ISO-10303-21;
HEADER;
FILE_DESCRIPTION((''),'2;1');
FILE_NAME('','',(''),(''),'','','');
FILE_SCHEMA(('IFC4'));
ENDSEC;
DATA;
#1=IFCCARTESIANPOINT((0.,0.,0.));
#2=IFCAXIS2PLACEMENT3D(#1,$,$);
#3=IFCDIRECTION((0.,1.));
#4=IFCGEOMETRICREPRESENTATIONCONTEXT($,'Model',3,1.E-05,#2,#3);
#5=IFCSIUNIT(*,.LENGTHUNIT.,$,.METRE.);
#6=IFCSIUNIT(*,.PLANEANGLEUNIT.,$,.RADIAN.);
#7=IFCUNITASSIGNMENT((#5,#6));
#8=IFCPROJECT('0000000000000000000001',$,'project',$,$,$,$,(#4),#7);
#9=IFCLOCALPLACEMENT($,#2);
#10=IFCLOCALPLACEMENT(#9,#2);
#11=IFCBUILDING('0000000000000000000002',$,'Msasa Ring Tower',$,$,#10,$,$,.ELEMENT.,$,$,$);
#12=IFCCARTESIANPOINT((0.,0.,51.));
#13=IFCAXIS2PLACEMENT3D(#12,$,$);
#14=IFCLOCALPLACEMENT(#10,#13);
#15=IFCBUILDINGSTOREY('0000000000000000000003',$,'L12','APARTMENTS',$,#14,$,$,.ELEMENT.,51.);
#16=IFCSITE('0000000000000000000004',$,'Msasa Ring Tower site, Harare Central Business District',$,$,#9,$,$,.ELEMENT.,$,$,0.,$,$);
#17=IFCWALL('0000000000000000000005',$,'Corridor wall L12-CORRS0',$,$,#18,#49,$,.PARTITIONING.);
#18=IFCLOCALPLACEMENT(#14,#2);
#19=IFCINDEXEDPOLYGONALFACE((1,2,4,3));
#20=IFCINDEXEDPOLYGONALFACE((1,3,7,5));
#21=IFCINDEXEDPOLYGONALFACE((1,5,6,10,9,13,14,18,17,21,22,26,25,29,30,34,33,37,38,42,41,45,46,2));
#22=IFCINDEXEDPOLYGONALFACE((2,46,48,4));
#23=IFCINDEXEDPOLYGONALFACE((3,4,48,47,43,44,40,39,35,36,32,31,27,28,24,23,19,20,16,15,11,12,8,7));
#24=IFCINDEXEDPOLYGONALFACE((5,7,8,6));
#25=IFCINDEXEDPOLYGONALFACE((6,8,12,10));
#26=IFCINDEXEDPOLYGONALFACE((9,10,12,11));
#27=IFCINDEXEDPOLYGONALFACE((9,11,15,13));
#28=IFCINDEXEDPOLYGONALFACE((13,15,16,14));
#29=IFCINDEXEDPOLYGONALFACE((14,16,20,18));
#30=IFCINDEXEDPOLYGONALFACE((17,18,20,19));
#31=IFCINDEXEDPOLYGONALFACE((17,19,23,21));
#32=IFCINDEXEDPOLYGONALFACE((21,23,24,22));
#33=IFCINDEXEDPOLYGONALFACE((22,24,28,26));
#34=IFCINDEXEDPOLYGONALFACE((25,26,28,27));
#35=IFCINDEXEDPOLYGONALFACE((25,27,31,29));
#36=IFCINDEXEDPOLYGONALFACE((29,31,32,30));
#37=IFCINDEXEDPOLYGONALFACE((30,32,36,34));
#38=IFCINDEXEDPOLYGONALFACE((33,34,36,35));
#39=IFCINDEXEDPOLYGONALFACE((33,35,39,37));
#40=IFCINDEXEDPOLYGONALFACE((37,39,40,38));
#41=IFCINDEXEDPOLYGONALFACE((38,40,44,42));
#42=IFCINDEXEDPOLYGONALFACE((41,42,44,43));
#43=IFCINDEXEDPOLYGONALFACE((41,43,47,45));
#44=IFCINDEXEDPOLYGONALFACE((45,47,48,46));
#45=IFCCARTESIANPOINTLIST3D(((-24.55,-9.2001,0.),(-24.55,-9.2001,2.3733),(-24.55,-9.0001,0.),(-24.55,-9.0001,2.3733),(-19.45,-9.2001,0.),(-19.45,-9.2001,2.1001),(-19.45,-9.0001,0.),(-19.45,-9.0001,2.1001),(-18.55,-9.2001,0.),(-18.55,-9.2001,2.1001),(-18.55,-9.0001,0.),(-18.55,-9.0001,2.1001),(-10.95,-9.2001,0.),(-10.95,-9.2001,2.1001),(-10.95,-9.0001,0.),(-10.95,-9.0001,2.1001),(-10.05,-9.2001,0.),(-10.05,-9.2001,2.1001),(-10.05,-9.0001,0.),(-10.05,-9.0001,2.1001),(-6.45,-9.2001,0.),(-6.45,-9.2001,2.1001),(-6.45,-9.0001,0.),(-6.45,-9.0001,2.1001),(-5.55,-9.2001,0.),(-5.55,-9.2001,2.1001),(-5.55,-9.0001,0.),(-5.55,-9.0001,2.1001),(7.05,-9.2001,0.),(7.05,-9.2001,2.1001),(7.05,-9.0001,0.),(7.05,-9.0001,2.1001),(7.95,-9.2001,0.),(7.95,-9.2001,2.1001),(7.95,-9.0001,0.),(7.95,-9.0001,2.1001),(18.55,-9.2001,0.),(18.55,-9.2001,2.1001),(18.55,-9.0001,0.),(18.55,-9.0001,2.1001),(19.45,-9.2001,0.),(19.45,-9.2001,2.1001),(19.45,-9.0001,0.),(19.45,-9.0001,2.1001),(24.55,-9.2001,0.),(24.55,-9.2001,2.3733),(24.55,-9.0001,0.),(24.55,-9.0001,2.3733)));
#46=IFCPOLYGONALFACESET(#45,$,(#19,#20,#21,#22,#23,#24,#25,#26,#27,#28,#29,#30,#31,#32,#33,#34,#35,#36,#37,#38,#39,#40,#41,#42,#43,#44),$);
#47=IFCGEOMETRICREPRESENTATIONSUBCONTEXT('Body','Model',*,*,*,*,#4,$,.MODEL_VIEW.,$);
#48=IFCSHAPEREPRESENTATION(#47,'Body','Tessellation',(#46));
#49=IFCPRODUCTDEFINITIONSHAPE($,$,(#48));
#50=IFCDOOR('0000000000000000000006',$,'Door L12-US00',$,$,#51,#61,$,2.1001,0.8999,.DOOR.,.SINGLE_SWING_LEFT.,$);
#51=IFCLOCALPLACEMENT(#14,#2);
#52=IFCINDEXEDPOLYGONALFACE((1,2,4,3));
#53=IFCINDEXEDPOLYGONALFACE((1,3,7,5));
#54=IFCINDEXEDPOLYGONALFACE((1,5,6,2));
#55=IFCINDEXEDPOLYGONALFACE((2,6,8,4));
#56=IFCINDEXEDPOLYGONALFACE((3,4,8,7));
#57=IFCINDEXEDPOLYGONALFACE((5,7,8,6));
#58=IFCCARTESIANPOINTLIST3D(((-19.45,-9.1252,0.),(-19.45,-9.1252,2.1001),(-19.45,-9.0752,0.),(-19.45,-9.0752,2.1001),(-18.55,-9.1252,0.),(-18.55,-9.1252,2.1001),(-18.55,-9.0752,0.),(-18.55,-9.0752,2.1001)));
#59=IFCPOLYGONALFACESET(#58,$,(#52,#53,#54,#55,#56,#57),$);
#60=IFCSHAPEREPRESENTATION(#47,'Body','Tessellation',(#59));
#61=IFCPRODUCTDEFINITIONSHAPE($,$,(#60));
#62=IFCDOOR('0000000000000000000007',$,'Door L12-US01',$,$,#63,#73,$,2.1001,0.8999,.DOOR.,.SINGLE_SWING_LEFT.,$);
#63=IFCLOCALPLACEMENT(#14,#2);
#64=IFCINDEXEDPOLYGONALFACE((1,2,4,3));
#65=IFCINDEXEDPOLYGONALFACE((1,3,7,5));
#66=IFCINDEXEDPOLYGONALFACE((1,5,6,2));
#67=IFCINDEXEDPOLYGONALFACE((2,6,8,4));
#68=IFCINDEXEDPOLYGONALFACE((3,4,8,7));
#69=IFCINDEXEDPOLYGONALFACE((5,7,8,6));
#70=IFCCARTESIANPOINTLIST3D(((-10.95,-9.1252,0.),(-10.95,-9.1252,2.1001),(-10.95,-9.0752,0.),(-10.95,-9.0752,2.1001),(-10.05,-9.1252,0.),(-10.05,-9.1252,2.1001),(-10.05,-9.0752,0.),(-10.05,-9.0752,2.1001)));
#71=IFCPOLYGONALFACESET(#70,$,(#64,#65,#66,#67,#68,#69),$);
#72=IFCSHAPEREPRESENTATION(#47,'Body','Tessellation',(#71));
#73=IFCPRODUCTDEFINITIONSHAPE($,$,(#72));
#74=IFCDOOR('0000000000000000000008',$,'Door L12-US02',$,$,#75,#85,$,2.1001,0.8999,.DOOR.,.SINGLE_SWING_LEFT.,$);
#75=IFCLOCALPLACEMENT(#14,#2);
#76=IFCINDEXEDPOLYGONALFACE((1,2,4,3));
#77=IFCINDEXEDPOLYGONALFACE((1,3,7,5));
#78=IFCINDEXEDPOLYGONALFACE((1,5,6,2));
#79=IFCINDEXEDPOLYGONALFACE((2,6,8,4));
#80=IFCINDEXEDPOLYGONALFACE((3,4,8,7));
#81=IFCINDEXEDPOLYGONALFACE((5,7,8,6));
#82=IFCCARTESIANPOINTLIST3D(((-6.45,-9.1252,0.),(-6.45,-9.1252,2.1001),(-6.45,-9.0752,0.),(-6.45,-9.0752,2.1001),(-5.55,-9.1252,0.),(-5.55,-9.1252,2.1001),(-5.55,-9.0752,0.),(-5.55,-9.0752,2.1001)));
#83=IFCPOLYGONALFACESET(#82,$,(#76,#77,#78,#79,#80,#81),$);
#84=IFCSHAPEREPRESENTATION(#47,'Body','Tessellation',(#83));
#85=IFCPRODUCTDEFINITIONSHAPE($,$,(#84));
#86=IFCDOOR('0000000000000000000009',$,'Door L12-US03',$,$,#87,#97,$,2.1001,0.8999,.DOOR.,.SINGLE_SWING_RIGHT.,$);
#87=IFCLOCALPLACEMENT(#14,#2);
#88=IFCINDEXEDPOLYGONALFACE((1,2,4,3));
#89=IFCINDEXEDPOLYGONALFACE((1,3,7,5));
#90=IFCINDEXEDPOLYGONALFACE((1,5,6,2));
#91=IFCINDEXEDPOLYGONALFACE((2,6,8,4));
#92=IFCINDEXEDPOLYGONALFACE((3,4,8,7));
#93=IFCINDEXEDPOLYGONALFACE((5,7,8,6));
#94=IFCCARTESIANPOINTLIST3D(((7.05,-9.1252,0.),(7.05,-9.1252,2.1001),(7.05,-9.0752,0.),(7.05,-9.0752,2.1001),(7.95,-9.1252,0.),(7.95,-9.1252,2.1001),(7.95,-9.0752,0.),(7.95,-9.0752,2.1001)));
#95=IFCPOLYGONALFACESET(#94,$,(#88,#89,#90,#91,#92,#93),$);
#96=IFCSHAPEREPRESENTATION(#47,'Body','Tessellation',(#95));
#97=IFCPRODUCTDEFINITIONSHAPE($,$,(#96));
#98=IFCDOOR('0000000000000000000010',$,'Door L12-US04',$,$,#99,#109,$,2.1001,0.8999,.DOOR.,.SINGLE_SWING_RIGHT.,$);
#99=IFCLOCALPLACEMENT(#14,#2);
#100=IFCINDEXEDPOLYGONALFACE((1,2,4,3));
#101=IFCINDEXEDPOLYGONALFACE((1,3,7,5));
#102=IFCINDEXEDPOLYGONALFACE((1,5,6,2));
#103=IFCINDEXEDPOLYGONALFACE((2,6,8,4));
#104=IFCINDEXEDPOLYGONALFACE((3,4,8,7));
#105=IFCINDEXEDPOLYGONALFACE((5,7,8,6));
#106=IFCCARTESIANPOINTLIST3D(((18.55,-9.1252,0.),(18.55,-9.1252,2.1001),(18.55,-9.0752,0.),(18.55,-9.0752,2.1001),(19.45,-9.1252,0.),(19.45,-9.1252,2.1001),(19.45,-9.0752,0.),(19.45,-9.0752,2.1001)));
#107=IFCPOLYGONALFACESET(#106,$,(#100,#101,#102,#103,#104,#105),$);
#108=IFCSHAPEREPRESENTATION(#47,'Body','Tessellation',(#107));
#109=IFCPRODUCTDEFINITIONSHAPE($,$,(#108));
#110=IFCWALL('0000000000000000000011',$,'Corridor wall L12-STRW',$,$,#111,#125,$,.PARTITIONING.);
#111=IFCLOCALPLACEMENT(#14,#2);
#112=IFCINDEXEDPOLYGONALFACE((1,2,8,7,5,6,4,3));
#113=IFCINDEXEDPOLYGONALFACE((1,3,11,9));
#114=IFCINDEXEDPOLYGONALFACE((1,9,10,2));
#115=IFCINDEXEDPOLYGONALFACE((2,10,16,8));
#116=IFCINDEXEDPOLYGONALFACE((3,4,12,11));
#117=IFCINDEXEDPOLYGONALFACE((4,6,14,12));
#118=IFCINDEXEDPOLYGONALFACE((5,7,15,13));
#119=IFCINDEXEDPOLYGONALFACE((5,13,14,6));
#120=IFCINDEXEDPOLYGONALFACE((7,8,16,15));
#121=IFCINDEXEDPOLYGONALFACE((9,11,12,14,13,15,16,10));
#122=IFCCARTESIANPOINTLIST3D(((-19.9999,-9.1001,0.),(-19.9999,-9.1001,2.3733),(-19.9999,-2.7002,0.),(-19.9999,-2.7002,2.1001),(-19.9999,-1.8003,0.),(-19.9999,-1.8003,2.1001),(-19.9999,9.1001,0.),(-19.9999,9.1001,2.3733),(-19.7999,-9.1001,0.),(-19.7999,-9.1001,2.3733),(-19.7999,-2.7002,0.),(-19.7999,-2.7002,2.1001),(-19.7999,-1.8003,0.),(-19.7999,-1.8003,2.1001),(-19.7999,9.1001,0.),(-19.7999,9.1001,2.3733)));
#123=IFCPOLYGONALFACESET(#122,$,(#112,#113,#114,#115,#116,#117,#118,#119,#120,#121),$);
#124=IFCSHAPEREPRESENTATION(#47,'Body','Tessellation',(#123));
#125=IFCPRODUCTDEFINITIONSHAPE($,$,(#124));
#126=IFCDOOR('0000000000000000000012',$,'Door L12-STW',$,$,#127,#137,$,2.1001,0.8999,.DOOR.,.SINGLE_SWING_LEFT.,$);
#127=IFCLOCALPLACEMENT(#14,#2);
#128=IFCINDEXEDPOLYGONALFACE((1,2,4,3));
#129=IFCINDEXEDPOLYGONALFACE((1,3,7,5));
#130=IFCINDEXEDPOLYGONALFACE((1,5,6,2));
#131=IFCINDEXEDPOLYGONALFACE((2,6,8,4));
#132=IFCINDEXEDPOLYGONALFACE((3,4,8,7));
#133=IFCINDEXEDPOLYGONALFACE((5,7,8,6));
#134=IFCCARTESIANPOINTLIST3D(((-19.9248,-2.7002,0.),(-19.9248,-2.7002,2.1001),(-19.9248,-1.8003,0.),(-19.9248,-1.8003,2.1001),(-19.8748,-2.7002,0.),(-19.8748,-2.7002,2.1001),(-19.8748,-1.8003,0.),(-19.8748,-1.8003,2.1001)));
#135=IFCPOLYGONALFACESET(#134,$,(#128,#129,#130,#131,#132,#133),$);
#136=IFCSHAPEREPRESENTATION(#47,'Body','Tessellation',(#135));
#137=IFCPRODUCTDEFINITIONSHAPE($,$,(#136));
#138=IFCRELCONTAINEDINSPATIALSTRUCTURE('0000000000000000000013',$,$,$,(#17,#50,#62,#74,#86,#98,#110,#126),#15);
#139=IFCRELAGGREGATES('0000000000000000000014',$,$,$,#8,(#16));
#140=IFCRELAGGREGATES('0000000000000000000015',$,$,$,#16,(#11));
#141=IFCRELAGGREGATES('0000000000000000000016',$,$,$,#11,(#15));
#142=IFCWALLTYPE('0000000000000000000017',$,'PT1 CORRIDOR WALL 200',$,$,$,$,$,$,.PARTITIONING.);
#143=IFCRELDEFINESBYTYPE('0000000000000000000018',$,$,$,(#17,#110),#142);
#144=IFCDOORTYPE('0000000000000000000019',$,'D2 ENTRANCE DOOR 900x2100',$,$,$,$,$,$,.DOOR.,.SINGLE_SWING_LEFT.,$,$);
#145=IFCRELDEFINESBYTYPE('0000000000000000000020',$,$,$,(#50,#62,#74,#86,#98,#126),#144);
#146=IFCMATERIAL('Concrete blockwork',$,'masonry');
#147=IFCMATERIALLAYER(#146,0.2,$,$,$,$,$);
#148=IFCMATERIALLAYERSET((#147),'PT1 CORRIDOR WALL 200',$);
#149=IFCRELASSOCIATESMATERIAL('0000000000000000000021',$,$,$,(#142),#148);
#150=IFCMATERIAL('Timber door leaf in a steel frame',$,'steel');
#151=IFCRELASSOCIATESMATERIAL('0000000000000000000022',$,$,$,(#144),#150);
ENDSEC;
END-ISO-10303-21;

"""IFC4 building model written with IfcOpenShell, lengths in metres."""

from ifc_helpers import new_model, si_unit, direction, frame, frame_2d, origin, place, context, subcontext, project, spatial, rectangle, extrude, material, layer, layer_set, type_object, element, fill, save


model = new_model("IFC4")

# Units and contexts
model_context = context("Model", 3, precision=1e-05, world=origin(), true_north=direction((0.0, 1.0)))
body_context = subcontext(model_context, "Body", "Model", "MODEL_VIEW")
ifc_project = project(units=[si_unit("LENGTHUNIT", "METRE"), si_unit("PLANEANGLEUNIT", "RADIAN")], contexts=[model_context])

# Site, building, storey
site_placement = place(None, origin())
site = spatial("IfcSite", under=ifc_project, at=site_placement, Name="Msasa Ring Tower site, Harare Central Business District", CompositionType="ELEMENT", RefElevation=0.0)
building_placement = place(site_placement, origin())
building = spatial("IfcBuilding", under=site, at=building_placement, Name="Msasa Ring Tower", CompositionType="ELEMENT")
storey_placement = place(building_placement, frame((0.0, 0.0, 51.0)))
storey = spatial("IfcBuildingStorey", under=building, at=storey_placement, Name="L12", Description="APARTMENTS", CompositionType="ELEMENT", Elevation=51.0)

# Wall, openings, doors
ifc_material_1 = material(Name="Concrete blockwork", Category="masonry")
ifc_layer_1 = layer(ifc_material_1, 0.2)
ifc_layer_set_1 = layer_set([ifc_layer_1], Name="PT1 CORRIDOR WALL 200")
wall_type_1 = type_object("IfcWallType", Name="PT1 CORRIDOR WALL 200", PredefinedType="PARTITIONING", material=ifc_layer_set_1)
wall_1_placement = place(storey_placement, frame((-24.55, -9.1001, 0.0), z_axis=(0.0, 0.0, 1.0), x_axis=(1.0, 0.0, 0.0)))
wall_1 = element("IfcWall", 1, at=wall_1_placement, inside=storey, type_object=wall_type_1, Name="Corridor wall L12-CORRS0", PredefinedType="PARTITIONING", context=body_context, shape_type="SweptSolid", body=[
    extrude(rectangle(XDim=49.1001, YDim=0.2, at=frame_2d((24.55, 0.0))), origin(), (0.0, 0.0, 1.0), 2.3733),
])
opening_1_placement = place(wall_1_placement, frame((5.1001, 0.0, 0.0)))
opening_1 = element("IfcOpeningElement", 2, at=opening_1_placement, cuts=wall_1, PredefinedType="OPENING", context=body_context, shape_type="SweptSolid", body=[
    extrude(rectangle(XDim=0.8999, YDim=2.1001, at=frame_2d((0.45, 1.05))), frame((0.0, 0.1099, 0.0), z_axis=(0.0, -1.0, 0.0), x_axis=(1.0, 0.0, 0.0)), (0.0, 0.0, 1.0), 0.22),
])
opening_2_placement = place(wall_1_placement, frame((13.6001, 0.0, 0.0)))
opening_2 = element("IfcOpeningElement", 3, at=opening_2_placement, cuts=wall_1, PredefinedType="OPENING", context=body_context, shape_type="SweptSolid", body=[
    extrude(rectangle(XDim=0.8999, YDim=2.1001, at=frame_2d((0.45, 1.05))), frame((0.0, 0.1099, 0.0), z_axis=(0.0, -1.0, 0.0), x_axis=(1.0, 0.0, 0.0)), (0.0, 0.0, 1.0), 0.22),
])
opening_3_placement = place(wall_1_placement, frame((18.1001, 0.0, 0.0)))
opening_3 = element("IfcOpeningElement", 4, at=opening_3_placement, cuts=wall_1, PredefinedType="OPENING", context=body_context, shape_type="SweptSolid", body=[
    extrude(rectangle(XDim=0.8999, YDim=2.1001, at=frame_2d((0.45, 1.05))), frame((0.0, 0.1099, 0.0), z_axis=(0.0, -1.0, 0.0), x_axis=(1.0, 0.0, 0.0)), (0.0, 0.0, 1.0), 0.22),
])
opening_4_placement = place(wall_1_placement, frame((31.6001, 0.0, 0.0)))
opening_4 = element("IfcOpeningElement", 5, at=opening_4_placement, cuts=wall_1, PredefinedType="OPENING", context=body_context, shape_type="SweptSolid", body=[
    extrude(rectangle(XDim=0.8999, YDim=2.1001, at=frame_2d((0.45, 1.05))), frame((0.0, 0.1099, 0.0), z_axis=(0.0, -1.0, 0.0), x_axis=(1.0, 0.0, 0.0)), (0.0, 0.0, 1.0), 0.22),
])
opening_5_placement = place(wall_1_placement, frame((43.1001, 0.0, 0.0)))
opening_5 = element("IfcOpeningElement", 6, at=opening_5_placement, cuts=wall_1, PredefinedType="OPENING", context=body_context, shape_type="SweptSolid", body=[
    extrude(rectangle(XDim=0.8999, YDim=2.1001, at=frame_2d((0.45, 1.05))), frame((0.0, 0.1099, 0.0), z_axis=(0.0, -1.0, 0.0), x_axis=(1.0, 0.0, 0.0)), (0.0, 0.0, 1.0), 0.22),
])
ifc_material_2 = material(Name="Timber door leaf in a steel frame", Category="steel")
door_type_1 = type_object("IfcDoorType", Name="D2 ENTRANCE DOOR 900x2100", OperationType="SINGLE_SWING_LEFT", PredefinedType="DOOR", material=ifc_material_2)
door_1_placement = place(opening_1_placement, origin())
door_1 = element("IfcDoor", 7, at=door_1_placement, inside=storey, type_object=door_type_1, Name="Door L12-US00", OperationType="SINGLE_SWING_LEFT", OverallHeight=2.1001, OverallWidth=0.8999, PredefinedType="DOOR", context=body_context, shape_type="SweptSolid", body=[
    extrude(rectangle(XDim=0.8999, YDim=2.1001, at=frame_2d((0.45, 1.05))), frame((0.0, 0.0249, 0.0), z_axis=(0.0, -1.0, 0.0), x_axis=(1.0, 0.0, 0.0)), (0.0, 0.0, 1.0), 0.05),
])
fill(opening_1, door_1)
door_2_placement = place(opening_2_placement, origin())
door_2 = element("IfcDoor", 8, at=door_2_placement, inside=storey, type_object=door_type_1, Name="Door L12-US01", OperationType="SINGLE_SWING_LEFT", OverallHeight=2.1001, OverallWidth=0.8999, PredefinedType="DOOR", context=body_context, shape_type="SweptSolid", body=[
    extrude(rectangle(XDim=0.8999, YDim=2.1001, at=frame_2d((0.45, 1.05))), frame((0.0, 0.0249, 0.0), z_axis=(0.0, -1.0, 0.0), x_axis=(1.0, 0.0, 0.0)), (0.0, 0.0, 1.0), 0.05),
])
fill(opening_2, door_2)
door_3_placement = place(opening_3_placement, origin())
door_3 = element("IfcDoor", 9, at=door_3_placement, inside=storey, type_object=door_type_1, Name="Door L12-US02", OperationType="SINGLE_SWING_LEFT", OverallHeight=2.1001, OverallWidth=0.8999, PredefinedType="DOOR", context=body_context, shape_type="SweptSolid", body=[
    extrude(rectangle(XDim=0.8999, YDim=2.1001, at=frame_2d((0.45, 1.05))), frame((0.0, 0.0249, 0.0), z_axis=(0.0, -1.0, 0.0), x_axis=(1.0, 0.0, 0.0)), (0.0, 0.0, 1.0), 0.05),
])
fill(opening_3, door_3)
door_4_placement = place(opening_4_placement, origin())
door_4 = element("IfcDoor", 10, at=door_4_placement, inside=storey, type_object=door_type_1, Name="Door L12-US03", OperationType="SINGLE_SWING_RIGHT", OverallHeight=2.1001, OverallWidth=0.8999, PredefinedType="DOOR", context=body_context, shape_type="SweptSolid", body=[
    extrude(rectangle(XDim=0.8999, YDim=2.1001, at=frame_2d((0.45, 1.05))), frame((0.0, 0.0249, 0.0), z_axis=(0.0, -1.0, 0.0), x_axis=(1.0, 0.0, 0.0)), (0.0, 0.0, 1.0), 0.05),
])
fill(opening_4, door_4)
door_5_placement = place(opening_5_placement, origin())
door_5 = element("IfcDoor", 11, at=door_5_placement, inside=storey, type_object=door_type_1, Name="Door L12-US04", OperationType="SINGLE_SWING_RIGHT", OverallHeight=2.1001, OverallWidth=0.8999, PredefinedType="DOOR", context=body_context, shape_type="SweptSolid", body=[
    extrude(rectangle(XDim=0.8999, YDim=2.1001, at=frame_2d((0.45, 1.05))), frame((0.0, 0.0249, 0.0), z_axis=(0.0, -1.0, 0.0), x_axis=(1.0, 0.0, 0.0)), (0.0, 0.0, 1.0), 0.05),
])
fill(opening_5, door_5)

# Wall, opening, door
wall_2_placement = place(storey_placement, frame((-19.8999, -9.1001, 0.0), z_axis=(0.0, 0.0, 1.0), x_axis=(0.0, 1.0, 0.0)))
wall_2 = element("IfcWall", 12, at=wall_2_placement, inside=storey, type_object=wall_type_1, Name="Corridor wall L12-STRW", PredefinedType="PARTITIONING", context=body_context, shape_type="SweptSolid", body=[
    extrude(rectangle(XDim=18.2002, YDim=0.2, at=frame_2d((9.1001, 0.0))), origin(), (0.0, 0.0, 1.0), 2.3733),
])
opening_6_placement = place(wall_2_placement, frame((6.3999, 0.0, 0.0)))
opening_6 = element("IfcOpeningElement", 13, at=opening_6_placement, cuts=wall_2, PredefinedType="OPENING", context=body_context, shape_type="SweptSolid", body=[
    extrude(rectangle(XDim=0.8999, YDim=2.1001, at=frame_2d((0.45, 1.05))), frame((0.0, 0.1099, 0.0), z_axis=(0.0, -1.0, 0.0), x_axis=(1.0, 0.0, 0.0)), (0.0, 0.0, 1.0), 0.22),
])
door_6_placement = place(opening_6_placement, origin())
door_6 = element("IfcDoor", 14, at=door_6_placement, inside=storey, type_object=door_type_1, Name="Door L12-STW", OperationType="SINGLE_SWING_LEFT", OverallHeight=2.1001, OverallWidth=0.8999, PredefinedType="DOOR", context=body_context, shape_type="SweptSolid", body=[
    extrude(rectangle(XDim=0.8999, YDim=2.1001, at=frame_2d((0.45, 1.05))), frame((0.0, 0.0249, 0.0), z_axis=(0.0, -1.0, 0.0), x_axis=(1.0, 0.0, 0.0)), (0.0, 0.0, 1.0), 0.05),
])
fill(opening_6, door_6)

save(model, "model.ifc")
